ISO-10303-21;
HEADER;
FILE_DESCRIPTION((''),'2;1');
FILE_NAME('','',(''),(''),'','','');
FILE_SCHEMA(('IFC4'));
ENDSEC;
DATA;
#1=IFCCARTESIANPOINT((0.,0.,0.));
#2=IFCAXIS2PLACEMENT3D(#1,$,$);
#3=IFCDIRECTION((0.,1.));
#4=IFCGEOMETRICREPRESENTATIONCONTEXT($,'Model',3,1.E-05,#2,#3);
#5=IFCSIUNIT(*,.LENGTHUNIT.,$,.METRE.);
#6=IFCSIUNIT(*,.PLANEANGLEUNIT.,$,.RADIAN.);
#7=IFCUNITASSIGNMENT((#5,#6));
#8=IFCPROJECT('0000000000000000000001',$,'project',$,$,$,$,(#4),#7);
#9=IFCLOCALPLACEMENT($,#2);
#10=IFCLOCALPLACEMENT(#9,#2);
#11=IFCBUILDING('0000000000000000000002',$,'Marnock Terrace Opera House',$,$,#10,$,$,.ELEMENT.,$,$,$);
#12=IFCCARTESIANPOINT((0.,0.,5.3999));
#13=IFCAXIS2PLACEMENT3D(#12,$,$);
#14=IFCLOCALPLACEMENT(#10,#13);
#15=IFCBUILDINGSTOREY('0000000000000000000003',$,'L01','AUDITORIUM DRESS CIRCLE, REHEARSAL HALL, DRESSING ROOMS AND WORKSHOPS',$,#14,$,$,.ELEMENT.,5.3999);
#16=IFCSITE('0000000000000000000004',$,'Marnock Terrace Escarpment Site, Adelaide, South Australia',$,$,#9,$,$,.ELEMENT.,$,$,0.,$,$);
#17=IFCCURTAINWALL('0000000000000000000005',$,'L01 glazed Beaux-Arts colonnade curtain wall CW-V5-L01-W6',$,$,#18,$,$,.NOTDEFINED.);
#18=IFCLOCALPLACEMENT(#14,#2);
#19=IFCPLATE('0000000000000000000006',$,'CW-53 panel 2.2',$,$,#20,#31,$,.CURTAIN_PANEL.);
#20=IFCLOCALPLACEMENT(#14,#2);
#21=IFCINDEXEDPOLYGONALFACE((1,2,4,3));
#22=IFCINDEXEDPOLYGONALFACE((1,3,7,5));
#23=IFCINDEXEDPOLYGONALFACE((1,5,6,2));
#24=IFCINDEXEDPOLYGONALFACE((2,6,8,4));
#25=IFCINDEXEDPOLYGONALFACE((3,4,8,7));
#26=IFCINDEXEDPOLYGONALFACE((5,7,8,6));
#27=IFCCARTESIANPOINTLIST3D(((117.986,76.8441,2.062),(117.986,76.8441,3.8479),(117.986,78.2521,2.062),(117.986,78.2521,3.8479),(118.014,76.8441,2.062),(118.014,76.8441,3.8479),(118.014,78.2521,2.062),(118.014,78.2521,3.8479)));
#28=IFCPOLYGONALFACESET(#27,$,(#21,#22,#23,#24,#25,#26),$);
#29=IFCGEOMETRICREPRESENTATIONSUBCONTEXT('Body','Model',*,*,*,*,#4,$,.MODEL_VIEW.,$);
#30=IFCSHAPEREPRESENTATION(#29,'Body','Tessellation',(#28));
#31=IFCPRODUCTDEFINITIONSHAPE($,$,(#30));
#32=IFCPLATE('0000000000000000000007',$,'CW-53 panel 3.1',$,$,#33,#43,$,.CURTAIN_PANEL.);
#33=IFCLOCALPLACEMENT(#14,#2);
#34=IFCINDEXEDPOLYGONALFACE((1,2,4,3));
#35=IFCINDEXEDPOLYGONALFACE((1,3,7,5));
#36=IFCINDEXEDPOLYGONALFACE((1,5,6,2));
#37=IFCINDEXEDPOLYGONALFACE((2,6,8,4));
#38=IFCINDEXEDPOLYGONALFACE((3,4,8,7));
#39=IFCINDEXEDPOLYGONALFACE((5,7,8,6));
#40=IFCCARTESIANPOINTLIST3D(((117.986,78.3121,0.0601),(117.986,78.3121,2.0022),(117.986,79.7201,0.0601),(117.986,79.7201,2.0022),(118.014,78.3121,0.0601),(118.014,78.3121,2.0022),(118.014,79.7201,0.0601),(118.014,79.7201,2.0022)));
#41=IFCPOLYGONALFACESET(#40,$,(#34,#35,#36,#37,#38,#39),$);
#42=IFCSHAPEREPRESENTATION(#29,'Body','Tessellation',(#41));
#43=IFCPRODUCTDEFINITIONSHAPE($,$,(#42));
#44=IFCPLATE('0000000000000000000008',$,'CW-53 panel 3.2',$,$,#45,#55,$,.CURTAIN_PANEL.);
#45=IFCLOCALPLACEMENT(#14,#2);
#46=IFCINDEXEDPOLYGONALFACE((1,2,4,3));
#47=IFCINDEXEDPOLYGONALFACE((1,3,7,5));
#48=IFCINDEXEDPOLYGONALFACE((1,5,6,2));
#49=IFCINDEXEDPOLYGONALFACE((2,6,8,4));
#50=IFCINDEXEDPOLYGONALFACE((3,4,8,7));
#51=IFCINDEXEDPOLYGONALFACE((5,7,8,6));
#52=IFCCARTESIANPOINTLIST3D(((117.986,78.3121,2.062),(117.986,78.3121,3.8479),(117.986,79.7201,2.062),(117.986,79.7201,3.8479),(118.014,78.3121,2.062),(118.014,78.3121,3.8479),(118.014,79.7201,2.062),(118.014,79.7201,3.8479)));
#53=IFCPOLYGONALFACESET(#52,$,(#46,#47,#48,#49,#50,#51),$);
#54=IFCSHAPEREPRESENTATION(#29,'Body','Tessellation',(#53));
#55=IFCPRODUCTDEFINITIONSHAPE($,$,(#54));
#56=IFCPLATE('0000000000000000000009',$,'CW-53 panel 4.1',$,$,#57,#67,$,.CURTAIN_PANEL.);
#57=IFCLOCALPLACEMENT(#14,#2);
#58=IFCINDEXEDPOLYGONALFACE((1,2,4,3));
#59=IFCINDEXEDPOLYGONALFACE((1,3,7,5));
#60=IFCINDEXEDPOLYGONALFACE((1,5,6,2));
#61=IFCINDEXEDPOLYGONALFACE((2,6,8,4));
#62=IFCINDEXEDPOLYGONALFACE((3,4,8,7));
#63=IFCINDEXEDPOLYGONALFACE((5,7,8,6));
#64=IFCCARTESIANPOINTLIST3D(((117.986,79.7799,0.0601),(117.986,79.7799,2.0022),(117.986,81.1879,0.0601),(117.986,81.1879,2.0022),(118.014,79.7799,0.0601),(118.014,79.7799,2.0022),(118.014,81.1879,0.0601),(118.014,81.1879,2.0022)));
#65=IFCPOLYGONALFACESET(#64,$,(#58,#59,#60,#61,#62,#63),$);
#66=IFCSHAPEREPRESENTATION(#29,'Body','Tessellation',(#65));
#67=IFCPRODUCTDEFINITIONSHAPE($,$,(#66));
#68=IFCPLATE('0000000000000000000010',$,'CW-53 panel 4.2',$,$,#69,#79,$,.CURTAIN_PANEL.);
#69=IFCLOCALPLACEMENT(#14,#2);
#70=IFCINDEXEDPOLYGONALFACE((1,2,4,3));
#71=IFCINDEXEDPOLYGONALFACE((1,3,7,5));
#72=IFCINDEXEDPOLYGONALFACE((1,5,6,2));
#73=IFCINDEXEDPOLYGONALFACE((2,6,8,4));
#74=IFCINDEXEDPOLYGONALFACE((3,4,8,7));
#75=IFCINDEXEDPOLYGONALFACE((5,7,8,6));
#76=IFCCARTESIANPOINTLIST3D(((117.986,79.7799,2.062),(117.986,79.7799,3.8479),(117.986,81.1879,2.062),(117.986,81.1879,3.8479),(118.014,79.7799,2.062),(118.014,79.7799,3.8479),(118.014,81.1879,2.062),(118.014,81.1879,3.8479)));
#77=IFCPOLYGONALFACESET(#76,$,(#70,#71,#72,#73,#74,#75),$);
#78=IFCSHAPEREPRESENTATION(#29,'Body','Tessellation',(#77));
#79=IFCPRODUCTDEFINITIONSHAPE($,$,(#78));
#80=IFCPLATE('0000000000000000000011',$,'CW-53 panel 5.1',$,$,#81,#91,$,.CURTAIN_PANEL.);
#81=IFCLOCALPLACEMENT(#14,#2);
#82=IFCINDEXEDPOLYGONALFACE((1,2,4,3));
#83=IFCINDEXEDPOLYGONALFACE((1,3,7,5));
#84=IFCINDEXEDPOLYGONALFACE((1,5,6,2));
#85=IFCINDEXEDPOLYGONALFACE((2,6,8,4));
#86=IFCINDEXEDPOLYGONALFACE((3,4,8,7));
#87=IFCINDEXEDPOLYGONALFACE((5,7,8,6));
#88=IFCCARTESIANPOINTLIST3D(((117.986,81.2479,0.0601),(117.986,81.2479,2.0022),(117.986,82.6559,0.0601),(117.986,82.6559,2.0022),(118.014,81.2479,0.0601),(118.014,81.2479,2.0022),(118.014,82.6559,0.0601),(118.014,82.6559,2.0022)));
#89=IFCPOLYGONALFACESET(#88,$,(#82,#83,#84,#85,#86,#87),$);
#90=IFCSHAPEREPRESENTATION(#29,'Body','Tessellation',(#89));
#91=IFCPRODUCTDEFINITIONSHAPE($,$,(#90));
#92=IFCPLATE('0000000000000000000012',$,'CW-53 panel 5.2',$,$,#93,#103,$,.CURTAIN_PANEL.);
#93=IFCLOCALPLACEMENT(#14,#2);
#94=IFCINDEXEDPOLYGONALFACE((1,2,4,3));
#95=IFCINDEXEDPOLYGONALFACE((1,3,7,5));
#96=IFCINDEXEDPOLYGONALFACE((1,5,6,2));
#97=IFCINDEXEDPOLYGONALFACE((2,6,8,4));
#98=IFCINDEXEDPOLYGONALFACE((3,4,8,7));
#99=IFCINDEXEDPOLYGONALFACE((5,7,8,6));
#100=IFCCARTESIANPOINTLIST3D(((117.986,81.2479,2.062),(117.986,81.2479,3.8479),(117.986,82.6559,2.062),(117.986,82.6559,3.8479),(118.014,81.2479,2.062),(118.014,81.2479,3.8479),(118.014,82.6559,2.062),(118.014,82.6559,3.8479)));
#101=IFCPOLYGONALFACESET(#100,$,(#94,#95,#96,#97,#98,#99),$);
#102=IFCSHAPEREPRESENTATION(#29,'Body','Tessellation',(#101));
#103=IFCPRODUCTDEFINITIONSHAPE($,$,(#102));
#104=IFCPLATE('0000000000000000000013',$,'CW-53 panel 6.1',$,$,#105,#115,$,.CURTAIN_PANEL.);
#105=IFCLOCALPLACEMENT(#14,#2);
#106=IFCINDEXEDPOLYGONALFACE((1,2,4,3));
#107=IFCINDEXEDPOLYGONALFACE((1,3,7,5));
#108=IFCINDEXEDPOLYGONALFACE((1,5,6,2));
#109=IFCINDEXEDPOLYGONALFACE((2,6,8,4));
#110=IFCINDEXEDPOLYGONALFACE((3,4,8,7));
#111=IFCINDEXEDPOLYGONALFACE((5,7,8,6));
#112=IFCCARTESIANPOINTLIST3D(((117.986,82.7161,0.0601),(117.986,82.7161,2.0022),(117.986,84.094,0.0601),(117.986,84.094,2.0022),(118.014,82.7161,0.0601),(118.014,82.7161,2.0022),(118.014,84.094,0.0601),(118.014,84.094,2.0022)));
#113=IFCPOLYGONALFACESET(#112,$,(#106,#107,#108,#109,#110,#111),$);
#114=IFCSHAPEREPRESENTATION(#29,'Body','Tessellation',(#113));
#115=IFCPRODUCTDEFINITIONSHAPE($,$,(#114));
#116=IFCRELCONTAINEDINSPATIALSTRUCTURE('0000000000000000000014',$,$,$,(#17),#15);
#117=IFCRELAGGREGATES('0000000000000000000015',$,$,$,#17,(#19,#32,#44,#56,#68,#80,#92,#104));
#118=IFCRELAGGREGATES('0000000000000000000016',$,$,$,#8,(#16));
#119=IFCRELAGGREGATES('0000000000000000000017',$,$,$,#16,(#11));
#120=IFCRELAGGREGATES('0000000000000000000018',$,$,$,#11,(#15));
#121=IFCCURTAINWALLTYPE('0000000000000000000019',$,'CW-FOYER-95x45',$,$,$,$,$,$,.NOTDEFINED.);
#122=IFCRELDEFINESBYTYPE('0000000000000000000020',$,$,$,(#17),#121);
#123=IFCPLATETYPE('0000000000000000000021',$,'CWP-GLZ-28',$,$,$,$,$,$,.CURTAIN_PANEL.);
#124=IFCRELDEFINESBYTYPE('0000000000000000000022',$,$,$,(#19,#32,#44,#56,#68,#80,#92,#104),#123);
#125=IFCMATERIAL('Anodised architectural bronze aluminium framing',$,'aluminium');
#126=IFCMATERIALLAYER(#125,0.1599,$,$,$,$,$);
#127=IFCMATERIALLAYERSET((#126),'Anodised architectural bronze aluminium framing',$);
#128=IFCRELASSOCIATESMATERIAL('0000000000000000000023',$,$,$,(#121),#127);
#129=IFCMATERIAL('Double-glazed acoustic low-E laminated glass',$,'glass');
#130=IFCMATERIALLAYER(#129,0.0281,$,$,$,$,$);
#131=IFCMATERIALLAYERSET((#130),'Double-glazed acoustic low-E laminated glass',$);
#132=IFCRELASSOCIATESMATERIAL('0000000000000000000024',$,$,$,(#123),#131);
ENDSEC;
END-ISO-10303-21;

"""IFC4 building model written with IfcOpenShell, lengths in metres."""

from ifc_helpers import new_model, si_unit, direction, frame, origin, origin_2d, place, context, subcontext, project, spatial, rectangle, extrude, material, layer, layer_set, type_object, element, aggregate, save


model = new_model("IFC4")

# Units and contexts
model_context = context("Model", 3, precision=1e-05, world=origin(), true_north=direction((0.0, 1.0)))
body_context = subcontext(model_context, "Body", "Model", "MODEL_VIEW")
ifc_project = project(units=[si_unit("LENGTHUNIT", "METRE"), si_unit("PLANEANGLEUNIT", "RADIAN")], contexts=[model_context])

# Site, building, storey
site_placement = place(None, origin())
site = spatial("IfcSite", under=ifc_project, at=site_placement, Name="Marnock Terrace Escarpment Site, Adelaide, South Australia", CompositionType="ELEMENT", RefElevation=0.0)
building_placement = place(site_placement, origin())
building = spatial("IfcBuilding", under=site, at=building_placement, Name="Marnock Terrace Opera House", CompositionType="ELEMENT")
storey_placement = place(building_placement, frame((0.0, 0.0, 5.3999)))
storey = spatial("IfcBuildingStorey", under=building, at=storey_placement, Name="L01", Description="AUDITORIUM DRESS CIRCLE, REHEARSAL HALL, DRESSING ROOMS AND WORKSHOPS", CompositionType="ELEMENT", Elevation=5.3999)

# Curtain wall
ifc_material_1 = material(Name="Anodised architectural bronze aluminium framing", Category="aluminium")
ifc_layer_1 = layer(ifc_material_1, 0.1599)
ifc_layer_set_1 = layer_set([ifc_layer_1], Name="Anodised architectural bronze aluminium framing")
curtain_wall_type_1 = type_object("IfcCurtainWallType", Name="CW-FOYER-95x45", PredefinedType="NOTDEFINED", material=ifc_layer_set_1)
curtain_wall_1_placement = place(storey_placement, origin())
curtain_wall_1 = element("IfcCurtainWall", 1, at=curtain_wall_1_placement, inside=storey, type_object=curtain_wall_type_1, Name="L01 glazed Beaux-Arts colonnade curtain wall CW-V5-L01-W6", PredefinedType="NOTDEFINED")

# Plates
ifc_material_2 = material(Name="Double-glazed acoustic low-E laminated glass", Category="glass")
ifc_layer_2 = layer(ifc_material_2, 0.0281)
ifc_layer_set_2 = layer_set([ifc_layer_2], Name="Double-glazed acoustic low-E laminated glass")
plate_type = type_object("IfcPlateType", Name="CWP-GLZ-28", PredefinedType="CURTAIN_PANEL", material=ifc_layer_set_2)
plate_1_placement = place(storey_placement, frame((118.0, 77.5481, 2.062), z_axis=(0.0, 0.0, 1.0), x_axis=(0.0, 1.0, 0.0)))
plate_1 = element("IfcPlate", 2, at=plate_1_placement, type_object=plate_type, Name="CW-53 panel 2.2", PredefinedType="CURTAIN_PANEL", context=body_context, shape_type="SweptSolid", body=[
    extrude(rectangle(XDim=1.408, YDim=0.0281, at=origin_2d()), origin(), (0.0, 0.0, 1.0), 1.7859),
])
plate_2_placement = place(storey_placement, frame((118.0, 79.0161, 0.0601), z_axis=(0.0, 0.0, 1.0), x_axis=(0.0, 1.0, 0.0)))
plate_2 = element("IfcPlate", 3, at=plate_2_placement, type_object=plate_type, Name="CW-53 panel 3.1", PredefinedType="CURTAIN_PANEL", context=body_context, shape_type="SweptSolid", body=[
    extrude(rectangle(XDim=1.408, YDim=0.0281, at=origin_2d()), origin(), (0.0, 0.0, 1.0), 1.9421),
])
plate_3_placement = place(storey_placement, frame((118.0, 79.0161, 2.062), z_axis=(0.0, 0.0, 1.0), x_axis=(0.0, 1.0, 0.0)))
plate_3 = element("IfcPlate", 4, at=plate_3_placement, type_object=plate_type, Name="CW-53 panel 3.2", PredefinedType="CURTAIN_PANEL", context=body_context, shape_type="SweptSolid", body=[
    extrude(rectangle(XDim=1.408, YDim=0.0281, at=origin_2d()), origin(), (0.0, 0.0, 1.0), 1.7859),
])
plate_4_placement = place(storey_placement, frame((118.0, 80.4839, 0.0601), z_axis=(0.0, 0.0, 1.0), x_axis=(0.0, 1.0, 0.0)))
plate_4 = element("IfcPlate", 5, at=plate_4_placement, type_object=plate_type, Name="CW-53 panel 4.1", PredefinedType="CURTAIN_PANEL", context=body_context, shape_type="SweptSolid", body=[
    extrude(rectangle(XDim=1.408, YDim=0.0281, at=origin_2d()), origin(), (0.0, 0.0, 1.0), 1.9421),
])
plate_5_placement = place(storey_placement, frame((118.0, 80.4839, 2.062), z_axis=(0.0, 0.0, 1.0), x_axis=(0.0, 1.0, 0.0)))
plate_5 = element("IfcPlate", 6, at=plate_5_placement, type_object=plate_type, Name="CW-53 panel 4.2", PredefinedType="CURTAIN_PANEL", context=body_context, shape_type="SweptSolid", body=[
    extrude(rectangle(XDim=1.408, YDim=0.0281, at=origin_2d()), origin(), (0.0, 0.0, 1.0), 1.7859),
])
plate_6_placement = place(storey_placement, frame((118.0, 81.9519, 0.0601), z_axis=(0.0, 0.0, 1.0), x_axis=(0.0, 1.0, 0.0)))
plate_6 = element("IfcPlate", 7, at=plate_6_placement, type_object=plate_type, Name="CW-53 panel 5.1", PredefinedType="CURTAIN_PANEL", context=body_context, shape_type="SweptSolid", body=[
    extrude(rectangle(XDim=1.408, YDim=0.0281, at=origin_2d()), origin(), (0.0, 0.0, 1.0), 1.9421),
])
plate_7_placement = place(storey_placement, frame((118.0, 81.9519, 2.062), z_axis=(0.0, 0.0, 1.0), x_axis=(0.0, 1.0, 0.0)))
plate_7 = element("IfcPlate", 8, at=plate_7_placement, type_object=plate_type, Name="CW-53 panel 5.2", PredefinedType="CURTAIN_PANEL", context=body_context, shape_type="SweptSolid", body=[
    extrude(rectangle(XDim=1.408, YDim=0.0281, at=origin_2d()), origin(), (0.0, 0.0, 1.0), 1.7859),
])
plate_8_placement = place(storey_placement, frame((118.0, 83.405, 0.0601), z_axis=(0.0, 0.0, 1.0), x_axis=(0.0, 1.0, 0.0)))
plate_8 = element("IfcPlate", 9, at=plate_8_placement, type_object=plate_type, Name="CW-53 panel 6.1", PredefinedType="CURTAIN_PANEL", context=body_context, shape_type="SweptSolid", body=[
    extrude(rectangle(XDim=1.3779, YDim=0.0281, at=origin_2d()), origin(), (0.0, 0.0, 1.0), 1.9421),
])
aggregate(curtain_wall_1, [plate_1, plate_2, plate_3, plate_4, plate_5, plate_6, plate_7, plate_8])

save(model, "model.ifc")
